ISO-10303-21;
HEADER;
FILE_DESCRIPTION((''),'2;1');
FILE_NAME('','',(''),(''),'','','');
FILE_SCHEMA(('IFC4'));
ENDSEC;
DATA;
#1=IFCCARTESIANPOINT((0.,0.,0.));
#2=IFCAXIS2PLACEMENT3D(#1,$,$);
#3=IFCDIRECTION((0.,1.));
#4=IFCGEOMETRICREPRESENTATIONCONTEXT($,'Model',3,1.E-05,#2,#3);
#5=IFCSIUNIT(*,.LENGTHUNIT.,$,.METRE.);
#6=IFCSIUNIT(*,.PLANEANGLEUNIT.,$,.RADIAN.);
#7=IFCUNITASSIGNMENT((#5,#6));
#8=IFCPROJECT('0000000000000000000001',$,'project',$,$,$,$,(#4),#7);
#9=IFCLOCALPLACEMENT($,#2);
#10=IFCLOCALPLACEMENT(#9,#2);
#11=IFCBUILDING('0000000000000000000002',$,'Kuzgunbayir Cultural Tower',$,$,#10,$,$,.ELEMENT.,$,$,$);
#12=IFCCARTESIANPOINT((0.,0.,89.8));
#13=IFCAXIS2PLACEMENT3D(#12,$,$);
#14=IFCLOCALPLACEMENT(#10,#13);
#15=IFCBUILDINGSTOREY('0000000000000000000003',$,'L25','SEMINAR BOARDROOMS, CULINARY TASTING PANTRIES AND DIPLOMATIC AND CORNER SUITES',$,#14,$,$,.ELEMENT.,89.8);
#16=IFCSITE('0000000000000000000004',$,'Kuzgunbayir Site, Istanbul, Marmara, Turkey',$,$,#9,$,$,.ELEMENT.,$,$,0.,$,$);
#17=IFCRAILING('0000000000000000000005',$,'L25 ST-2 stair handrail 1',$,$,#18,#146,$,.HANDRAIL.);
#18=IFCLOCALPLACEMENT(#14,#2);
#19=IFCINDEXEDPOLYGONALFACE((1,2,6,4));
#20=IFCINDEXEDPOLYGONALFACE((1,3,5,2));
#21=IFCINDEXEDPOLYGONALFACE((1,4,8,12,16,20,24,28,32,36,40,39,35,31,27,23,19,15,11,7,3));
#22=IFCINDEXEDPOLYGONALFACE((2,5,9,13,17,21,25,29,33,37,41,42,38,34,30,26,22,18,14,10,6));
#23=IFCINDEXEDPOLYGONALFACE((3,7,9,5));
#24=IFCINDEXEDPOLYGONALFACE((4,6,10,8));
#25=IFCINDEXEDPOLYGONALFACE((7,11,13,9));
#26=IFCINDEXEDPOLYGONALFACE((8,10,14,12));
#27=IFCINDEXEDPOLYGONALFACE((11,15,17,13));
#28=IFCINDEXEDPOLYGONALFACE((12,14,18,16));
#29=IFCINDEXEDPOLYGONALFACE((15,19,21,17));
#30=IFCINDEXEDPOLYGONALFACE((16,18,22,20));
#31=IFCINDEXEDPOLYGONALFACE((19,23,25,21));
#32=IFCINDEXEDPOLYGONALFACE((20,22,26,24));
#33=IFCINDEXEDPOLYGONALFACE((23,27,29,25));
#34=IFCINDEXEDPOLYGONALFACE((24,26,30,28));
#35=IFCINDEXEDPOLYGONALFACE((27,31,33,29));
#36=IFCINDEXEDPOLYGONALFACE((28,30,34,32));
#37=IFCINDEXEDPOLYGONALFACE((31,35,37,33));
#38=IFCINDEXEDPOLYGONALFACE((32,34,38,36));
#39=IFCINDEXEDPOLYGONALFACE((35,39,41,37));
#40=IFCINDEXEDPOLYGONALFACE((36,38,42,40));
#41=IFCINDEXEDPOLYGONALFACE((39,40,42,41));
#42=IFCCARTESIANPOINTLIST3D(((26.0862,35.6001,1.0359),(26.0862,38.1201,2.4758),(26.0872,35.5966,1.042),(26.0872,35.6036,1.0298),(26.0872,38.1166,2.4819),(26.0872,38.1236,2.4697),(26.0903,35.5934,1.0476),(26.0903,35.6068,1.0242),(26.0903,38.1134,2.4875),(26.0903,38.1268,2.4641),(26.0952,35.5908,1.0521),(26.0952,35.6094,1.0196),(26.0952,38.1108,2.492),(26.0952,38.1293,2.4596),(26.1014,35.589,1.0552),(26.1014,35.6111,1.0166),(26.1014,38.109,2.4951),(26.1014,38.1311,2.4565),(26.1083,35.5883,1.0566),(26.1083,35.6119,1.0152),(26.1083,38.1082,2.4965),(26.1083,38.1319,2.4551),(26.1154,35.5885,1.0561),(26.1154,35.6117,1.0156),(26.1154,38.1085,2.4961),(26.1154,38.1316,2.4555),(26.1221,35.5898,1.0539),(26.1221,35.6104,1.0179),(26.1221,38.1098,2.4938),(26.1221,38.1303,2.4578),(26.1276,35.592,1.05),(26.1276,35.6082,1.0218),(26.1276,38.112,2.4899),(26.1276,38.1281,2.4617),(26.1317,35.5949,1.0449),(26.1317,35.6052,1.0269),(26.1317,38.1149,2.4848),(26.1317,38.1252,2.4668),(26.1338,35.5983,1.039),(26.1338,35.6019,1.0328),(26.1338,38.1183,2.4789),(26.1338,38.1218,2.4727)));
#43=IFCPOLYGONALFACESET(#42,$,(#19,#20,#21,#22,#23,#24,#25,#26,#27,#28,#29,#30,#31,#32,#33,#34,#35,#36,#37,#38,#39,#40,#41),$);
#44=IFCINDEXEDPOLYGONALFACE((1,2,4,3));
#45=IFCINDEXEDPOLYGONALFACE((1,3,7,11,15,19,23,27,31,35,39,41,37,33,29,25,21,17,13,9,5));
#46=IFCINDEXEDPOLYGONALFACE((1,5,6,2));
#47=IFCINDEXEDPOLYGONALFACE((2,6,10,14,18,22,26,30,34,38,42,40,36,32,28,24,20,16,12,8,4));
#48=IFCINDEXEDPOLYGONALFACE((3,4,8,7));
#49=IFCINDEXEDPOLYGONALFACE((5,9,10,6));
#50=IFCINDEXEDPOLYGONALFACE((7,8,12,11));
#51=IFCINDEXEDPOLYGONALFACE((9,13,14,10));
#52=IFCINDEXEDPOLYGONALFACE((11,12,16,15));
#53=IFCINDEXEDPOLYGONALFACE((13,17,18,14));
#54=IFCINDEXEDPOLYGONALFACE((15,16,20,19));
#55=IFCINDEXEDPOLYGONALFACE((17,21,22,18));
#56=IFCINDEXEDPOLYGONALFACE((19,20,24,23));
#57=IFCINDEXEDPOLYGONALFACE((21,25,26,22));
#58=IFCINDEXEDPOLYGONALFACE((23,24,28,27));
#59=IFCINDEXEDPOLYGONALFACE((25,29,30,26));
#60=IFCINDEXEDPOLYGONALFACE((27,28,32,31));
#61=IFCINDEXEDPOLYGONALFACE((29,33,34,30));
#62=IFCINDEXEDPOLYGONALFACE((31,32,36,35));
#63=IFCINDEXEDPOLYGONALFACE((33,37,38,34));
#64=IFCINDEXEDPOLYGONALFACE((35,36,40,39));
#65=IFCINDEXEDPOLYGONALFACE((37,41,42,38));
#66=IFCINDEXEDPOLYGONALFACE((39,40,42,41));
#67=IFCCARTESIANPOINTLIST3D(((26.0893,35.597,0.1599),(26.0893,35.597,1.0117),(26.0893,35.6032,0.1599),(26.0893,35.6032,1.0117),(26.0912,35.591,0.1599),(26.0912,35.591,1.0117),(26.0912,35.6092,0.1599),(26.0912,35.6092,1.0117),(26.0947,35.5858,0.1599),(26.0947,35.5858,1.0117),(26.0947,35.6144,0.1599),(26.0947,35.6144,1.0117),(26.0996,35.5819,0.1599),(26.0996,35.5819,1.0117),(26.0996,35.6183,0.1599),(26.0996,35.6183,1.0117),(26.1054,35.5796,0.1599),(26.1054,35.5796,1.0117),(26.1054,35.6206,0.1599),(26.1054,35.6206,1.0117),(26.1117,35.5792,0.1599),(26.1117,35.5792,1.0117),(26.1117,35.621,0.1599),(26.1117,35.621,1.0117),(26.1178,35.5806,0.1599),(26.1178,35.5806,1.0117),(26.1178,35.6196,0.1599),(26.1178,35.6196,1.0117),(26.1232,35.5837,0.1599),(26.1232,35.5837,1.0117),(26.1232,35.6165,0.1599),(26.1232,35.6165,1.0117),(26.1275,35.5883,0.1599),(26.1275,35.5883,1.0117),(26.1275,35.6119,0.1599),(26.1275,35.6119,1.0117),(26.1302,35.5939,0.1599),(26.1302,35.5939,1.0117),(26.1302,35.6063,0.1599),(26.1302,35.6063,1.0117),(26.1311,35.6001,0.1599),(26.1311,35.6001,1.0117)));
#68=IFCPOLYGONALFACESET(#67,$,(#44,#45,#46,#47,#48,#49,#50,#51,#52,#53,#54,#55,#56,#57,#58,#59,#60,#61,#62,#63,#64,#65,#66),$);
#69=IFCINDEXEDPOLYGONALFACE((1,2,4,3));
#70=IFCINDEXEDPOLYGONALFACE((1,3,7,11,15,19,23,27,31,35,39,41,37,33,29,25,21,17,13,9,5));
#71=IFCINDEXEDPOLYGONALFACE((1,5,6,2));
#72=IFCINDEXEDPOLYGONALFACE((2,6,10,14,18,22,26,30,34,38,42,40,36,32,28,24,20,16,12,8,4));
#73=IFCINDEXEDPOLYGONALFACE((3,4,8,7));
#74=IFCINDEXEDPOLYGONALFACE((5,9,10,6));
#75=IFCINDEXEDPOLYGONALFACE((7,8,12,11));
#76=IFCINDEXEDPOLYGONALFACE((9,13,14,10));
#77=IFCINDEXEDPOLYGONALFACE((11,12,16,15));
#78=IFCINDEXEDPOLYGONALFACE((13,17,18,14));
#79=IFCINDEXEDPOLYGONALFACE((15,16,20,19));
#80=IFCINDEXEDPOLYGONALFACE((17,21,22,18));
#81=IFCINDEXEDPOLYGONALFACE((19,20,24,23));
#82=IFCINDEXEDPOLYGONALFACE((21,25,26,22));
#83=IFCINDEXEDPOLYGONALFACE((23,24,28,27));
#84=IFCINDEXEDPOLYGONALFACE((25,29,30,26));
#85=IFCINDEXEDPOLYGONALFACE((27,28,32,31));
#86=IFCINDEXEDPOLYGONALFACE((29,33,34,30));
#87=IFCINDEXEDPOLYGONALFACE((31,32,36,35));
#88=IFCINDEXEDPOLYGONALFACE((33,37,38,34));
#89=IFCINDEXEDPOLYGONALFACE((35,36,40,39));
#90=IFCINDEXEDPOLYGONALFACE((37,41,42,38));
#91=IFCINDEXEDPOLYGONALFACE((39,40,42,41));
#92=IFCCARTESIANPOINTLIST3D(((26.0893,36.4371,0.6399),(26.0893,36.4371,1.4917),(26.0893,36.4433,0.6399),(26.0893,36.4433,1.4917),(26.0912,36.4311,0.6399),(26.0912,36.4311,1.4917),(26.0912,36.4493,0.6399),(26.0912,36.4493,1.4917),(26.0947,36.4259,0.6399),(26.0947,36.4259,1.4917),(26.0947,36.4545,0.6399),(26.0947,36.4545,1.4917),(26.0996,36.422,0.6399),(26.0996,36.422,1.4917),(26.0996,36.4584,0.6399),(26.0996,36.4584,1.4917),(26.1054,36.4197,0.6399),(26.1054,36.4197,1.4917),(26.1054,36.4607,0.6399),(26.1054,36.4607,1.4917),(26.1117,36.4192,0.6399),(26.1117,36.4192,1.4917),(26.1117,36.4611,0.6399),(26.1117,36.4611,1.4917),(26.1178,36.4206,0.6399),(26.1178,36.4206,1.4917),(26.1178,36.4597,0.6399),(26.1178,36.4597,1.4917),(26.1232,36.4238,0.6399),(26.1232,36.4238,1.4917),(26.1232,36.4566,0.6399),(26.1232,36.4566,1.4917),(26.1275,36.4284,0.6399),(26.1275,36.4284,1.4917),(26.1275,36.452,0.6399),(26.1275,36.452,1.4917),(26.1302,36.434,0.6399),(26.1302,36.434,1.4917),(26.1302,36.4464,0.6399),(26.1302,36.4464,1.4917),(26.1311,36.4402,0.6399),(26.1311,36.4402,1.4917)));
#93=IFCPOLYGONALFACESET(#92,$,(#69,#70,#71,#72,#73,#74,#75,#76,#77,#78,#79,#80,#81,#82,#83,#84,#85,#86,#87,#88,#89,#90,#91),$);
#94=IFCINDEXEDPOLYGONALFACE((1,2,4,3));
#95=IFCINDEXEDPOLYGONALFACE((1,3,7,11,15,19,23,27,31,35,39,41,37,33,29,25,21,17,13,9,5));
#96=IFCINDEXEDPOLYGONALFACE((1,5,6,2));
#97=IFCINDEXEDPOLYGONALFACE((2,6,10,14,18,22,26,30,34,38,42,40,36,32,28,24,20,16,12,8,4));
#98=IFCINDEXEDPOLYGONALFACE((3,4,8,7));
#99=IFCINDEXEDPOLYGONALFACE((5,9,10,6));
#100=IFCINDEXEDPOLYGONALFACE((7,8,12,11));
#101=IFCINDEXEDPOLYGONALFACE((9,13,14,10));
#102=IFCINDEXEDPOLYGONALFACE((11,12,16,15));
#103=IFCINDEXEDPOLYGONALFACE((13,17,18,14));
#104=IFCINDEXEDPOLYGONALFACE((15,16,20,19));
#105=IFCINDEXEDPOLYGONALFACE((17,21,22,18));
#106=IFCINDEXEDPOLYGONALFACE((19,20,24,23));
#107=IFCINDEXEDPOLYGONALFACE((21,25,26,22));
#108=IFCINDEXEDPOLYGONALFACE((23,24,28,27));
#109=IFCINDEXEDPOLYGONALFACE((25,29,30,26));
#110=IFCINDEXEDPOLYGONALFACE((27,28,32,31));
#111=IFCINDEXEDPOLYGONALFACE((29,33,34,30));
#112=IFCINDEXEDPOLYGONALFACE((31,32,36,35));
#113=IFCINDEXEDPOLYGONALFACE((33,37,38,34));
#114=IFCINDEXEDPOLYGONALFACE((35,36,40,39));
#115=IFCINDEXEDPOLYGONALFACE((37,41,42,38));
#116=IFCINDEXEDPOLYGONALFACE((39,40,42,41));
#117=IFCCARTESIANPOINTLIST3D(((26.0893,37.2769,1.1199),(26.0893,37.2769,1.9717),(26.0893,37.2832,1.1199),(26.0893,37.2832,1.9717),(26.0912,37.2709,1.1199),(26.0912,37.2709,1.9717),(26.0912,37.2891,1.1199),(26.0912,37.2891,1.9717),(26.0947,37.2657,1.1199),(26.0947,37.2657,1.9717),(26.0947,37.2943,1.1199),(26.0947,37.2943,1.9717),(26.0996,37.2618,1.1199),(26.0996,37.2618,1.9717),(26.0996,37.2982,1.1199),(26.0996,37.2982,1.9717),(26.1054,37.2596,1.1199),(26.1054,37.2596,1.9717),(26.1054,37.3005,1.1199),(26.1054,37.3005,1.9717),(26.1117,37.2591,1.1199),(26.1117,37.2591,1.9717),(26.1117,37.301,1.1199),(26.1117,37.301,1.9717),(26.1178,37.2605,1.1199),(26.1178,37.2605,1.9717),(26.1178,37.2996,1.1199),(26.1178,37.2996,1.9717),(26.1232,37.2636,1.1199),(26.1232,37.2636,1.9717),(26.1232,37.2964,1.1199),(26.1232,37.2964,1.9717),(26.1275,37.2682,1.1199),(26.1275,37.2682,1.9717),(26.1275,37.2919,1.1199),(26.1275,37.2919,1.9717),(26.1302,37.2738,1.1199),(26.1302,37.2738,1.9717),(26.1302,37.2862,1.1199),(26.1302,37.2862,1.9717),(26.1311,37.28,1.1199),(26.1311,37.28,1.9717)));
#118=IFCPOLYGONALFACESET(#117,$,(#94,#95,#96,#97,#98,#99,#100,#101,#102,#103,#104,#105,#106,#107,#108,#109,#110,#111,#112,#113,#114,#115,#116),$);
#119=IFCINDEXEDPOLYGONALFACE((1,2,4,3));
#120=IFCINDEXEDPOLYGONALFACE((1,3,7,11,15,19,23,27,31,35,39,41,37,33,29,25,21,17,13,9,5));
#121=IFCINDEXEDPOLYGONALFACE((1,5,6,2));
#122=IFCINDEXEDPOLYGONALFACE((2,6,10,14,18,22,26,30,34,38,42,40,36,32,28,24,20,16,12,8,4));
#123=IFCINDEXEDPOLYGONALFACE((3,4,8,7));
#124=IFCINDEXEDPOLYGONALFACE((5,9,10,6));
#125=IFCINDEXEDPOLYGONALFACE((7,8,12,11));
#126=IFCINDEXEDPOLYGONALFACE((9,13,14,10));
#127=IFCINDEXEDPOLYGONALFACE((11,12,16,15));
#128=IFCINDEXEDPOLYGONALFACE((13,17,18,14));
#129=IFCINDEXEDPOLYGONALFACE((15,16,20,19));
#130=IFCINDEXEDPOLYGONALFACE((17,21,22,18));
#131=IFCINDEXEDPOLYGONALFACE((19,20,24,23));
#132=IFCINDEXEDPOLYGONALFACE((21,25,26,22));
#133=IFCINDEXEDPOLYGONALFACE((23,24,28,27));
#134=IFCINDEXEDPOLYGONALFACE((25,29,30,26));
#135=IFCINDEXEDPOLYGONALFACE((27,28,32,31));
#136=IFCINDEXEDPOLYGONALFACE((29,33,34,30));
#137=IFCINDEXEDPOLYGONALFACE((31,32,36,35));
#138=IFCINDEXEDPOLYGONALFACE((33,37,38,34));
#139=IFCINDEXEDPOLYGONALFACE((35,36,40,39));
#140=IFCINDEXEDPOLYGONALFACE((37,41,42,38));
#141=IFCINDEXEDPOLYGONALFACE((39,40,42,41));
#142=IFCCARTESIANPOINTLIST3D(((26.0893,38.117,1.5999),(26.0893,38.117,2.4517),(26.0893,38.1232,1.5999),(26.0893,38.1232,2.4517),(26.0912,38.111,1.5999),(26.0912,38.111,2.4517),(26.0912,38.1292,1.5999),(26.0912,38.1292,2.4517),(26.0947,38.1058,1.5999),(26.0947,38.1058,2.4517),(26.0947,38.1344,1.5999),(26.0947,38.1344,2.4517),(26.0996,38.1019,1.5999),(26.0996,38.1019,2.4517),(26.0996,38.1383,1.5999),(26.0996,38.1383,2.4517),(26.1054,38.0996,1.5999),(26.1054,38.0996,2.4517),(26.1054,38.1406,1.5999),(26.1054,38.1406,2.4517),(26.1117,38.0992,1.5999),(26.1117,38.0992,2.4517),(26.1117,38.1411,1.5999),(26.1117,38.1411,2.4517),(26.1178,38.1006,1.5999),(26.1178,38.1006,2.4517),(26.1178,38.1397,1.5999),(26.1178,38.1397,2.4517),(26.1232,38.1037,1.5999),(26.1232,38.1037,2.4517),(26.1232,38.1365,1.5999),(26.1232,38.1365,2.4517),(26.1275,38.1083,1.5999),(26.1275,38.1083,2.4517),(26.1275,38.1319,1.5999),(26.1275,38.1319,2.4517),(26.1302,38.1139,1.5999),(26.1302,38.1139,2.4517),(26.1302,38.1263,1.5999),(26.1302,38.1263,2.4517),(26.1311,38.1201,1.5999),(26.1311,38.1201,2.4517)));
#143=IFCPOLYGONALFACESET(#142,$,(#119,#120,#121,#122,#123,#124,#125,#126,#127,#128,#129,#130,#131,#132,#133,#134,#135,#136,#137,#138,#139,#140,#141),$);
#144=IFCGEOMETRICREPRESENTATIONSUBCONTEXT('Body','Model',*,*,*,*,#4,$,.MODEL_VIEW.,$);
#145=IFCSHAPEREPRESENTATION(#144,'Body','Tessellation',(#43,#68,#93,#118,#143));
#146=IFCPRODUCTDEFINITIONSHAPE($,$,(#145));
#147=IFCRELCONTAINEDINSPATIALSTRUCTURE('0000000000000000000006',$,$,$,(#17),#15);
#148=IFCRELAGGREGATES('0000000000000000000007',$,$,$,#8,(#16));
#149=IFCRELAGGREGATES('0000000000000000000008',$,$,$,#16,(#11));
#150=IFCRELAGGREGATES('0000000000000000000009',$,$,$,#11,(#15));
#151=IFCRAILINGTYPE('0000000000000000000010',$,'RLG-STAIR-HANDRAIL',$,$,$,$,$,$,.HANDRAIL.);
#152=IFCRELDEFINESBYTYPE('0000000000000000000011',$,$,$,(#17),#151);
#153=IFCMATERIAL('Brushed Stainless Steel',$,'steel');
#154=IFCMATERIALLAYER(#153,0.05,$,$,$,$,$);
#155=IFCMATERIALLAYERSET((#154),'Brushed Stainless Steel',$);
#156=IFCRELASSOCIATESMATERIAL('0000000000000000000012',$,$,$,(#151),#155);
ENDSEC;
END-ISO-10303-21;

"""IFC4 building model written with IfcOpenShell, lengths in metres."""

from ifc_helpers import new_model, si_unit, direction, frame, origin, origin_2d, place, context, subcontext, project, spatial, circle, extrude, material, layer, layer_set, type_object, element, save


model = new_model("IFC4")

# Units and contexts
model_context = context("Model", 3, precision=1e-05, world=origin(), true_north=direction((0.0, 1.0)))
body_context = subcontext(model_context, "Body", "Model", "MODEL_VIEW")
ifc_project = project(units=[si_unit("LENGTHUNIT", "METRE"), si_unit("PLANEANGLEUNIT", "RADIAN")], contexts=[model_context])

# Site, building, storey
site_placement = place(None, origin())
site = spatial("IfcSite", under=ifc_project, at=site_placement, Name="Kuzgunbayir Site, Istanbul, Marmara, Turkey", CompositionType="ELEMENT", RefElevation=0.0)
building_placement = place(site_placement, origin())
building = spatial("IfcBuilding", under=site, at=building_placement, Name="Kuzgunbayir Cultural Tower", CompositionType="ELEMENT")
storey_placement = place(building_placement, frame((0.0, 0.0, 89.8)))
storey = spatial("IfcBuildingStorey", under=building, at=storey_placement, Name="L25", Description="SEMINAR BOARDROOMS, CULINARY TASTING PANTRIES AND DIPLOMATIC AND CORNER SUITES", CompositionType="ELEMENT", Elevation=89.8)

# Shared definitions
ifc_material_1 = material(Name="Brushed Stainless Steel", Category="steel")

# Railing
ifc_layer_1 = layer(ifc_material_1, 0.05)
ifc_layer_set_1 = layer_set([ifc_layer_1], Name="Brushed Stainless Steel")
railing_type_1 = type_object("IfcRailingType", Name="RLG-STAIR-HANDRAIL", PredefinedType="HANDRAIL", material=ifc_layer_set_1)
railing_1_placement = place(storey_placement, frame((26.1101, 35.6001, 0.1599)))
element("IfcRailing", 1, at=railing_1_placement, inside=storey, type_object=railing_type_1, Name="L25 ST-2 stair handrail 1", PredefinedType="HANDRAIL", context=body_context, shape_type="SweptSolid", body=[
    extrude(circle(Radius=0.0239, at=origin_2d()), frame((0.0, 0.0, 0.876), z_axis=(0.0, 0.868253, 0.496121), x_axis=(-1.0, 0.0, 0.0)), (0.0, 0.0, 1.0), 2.9023),
    extrude(circle(Radius=0.021, at=origin_2d()), origin(), (0.0, 0.0, 1.0), 0.8518),
    extrude(circle(Radius=0.021, at=origin_2d()), frame((0.0, 0.8401, 0.48)), (0.0, 0.0, 1.0), 0.8518),
    extrude(circle(Radius=0.021, at=origin_2d()), frame((0.0, 1.6799, 0.96)), (0.0, 0.0, 1.0), 0.8518),
    extrude(circle(Radius=0.021, at=origin_2d()), frame((0.0, 2.52, 1.4399)), (0.0, 0.0, 1.0), 0.8518),
])

save(model, "model.ifc")
